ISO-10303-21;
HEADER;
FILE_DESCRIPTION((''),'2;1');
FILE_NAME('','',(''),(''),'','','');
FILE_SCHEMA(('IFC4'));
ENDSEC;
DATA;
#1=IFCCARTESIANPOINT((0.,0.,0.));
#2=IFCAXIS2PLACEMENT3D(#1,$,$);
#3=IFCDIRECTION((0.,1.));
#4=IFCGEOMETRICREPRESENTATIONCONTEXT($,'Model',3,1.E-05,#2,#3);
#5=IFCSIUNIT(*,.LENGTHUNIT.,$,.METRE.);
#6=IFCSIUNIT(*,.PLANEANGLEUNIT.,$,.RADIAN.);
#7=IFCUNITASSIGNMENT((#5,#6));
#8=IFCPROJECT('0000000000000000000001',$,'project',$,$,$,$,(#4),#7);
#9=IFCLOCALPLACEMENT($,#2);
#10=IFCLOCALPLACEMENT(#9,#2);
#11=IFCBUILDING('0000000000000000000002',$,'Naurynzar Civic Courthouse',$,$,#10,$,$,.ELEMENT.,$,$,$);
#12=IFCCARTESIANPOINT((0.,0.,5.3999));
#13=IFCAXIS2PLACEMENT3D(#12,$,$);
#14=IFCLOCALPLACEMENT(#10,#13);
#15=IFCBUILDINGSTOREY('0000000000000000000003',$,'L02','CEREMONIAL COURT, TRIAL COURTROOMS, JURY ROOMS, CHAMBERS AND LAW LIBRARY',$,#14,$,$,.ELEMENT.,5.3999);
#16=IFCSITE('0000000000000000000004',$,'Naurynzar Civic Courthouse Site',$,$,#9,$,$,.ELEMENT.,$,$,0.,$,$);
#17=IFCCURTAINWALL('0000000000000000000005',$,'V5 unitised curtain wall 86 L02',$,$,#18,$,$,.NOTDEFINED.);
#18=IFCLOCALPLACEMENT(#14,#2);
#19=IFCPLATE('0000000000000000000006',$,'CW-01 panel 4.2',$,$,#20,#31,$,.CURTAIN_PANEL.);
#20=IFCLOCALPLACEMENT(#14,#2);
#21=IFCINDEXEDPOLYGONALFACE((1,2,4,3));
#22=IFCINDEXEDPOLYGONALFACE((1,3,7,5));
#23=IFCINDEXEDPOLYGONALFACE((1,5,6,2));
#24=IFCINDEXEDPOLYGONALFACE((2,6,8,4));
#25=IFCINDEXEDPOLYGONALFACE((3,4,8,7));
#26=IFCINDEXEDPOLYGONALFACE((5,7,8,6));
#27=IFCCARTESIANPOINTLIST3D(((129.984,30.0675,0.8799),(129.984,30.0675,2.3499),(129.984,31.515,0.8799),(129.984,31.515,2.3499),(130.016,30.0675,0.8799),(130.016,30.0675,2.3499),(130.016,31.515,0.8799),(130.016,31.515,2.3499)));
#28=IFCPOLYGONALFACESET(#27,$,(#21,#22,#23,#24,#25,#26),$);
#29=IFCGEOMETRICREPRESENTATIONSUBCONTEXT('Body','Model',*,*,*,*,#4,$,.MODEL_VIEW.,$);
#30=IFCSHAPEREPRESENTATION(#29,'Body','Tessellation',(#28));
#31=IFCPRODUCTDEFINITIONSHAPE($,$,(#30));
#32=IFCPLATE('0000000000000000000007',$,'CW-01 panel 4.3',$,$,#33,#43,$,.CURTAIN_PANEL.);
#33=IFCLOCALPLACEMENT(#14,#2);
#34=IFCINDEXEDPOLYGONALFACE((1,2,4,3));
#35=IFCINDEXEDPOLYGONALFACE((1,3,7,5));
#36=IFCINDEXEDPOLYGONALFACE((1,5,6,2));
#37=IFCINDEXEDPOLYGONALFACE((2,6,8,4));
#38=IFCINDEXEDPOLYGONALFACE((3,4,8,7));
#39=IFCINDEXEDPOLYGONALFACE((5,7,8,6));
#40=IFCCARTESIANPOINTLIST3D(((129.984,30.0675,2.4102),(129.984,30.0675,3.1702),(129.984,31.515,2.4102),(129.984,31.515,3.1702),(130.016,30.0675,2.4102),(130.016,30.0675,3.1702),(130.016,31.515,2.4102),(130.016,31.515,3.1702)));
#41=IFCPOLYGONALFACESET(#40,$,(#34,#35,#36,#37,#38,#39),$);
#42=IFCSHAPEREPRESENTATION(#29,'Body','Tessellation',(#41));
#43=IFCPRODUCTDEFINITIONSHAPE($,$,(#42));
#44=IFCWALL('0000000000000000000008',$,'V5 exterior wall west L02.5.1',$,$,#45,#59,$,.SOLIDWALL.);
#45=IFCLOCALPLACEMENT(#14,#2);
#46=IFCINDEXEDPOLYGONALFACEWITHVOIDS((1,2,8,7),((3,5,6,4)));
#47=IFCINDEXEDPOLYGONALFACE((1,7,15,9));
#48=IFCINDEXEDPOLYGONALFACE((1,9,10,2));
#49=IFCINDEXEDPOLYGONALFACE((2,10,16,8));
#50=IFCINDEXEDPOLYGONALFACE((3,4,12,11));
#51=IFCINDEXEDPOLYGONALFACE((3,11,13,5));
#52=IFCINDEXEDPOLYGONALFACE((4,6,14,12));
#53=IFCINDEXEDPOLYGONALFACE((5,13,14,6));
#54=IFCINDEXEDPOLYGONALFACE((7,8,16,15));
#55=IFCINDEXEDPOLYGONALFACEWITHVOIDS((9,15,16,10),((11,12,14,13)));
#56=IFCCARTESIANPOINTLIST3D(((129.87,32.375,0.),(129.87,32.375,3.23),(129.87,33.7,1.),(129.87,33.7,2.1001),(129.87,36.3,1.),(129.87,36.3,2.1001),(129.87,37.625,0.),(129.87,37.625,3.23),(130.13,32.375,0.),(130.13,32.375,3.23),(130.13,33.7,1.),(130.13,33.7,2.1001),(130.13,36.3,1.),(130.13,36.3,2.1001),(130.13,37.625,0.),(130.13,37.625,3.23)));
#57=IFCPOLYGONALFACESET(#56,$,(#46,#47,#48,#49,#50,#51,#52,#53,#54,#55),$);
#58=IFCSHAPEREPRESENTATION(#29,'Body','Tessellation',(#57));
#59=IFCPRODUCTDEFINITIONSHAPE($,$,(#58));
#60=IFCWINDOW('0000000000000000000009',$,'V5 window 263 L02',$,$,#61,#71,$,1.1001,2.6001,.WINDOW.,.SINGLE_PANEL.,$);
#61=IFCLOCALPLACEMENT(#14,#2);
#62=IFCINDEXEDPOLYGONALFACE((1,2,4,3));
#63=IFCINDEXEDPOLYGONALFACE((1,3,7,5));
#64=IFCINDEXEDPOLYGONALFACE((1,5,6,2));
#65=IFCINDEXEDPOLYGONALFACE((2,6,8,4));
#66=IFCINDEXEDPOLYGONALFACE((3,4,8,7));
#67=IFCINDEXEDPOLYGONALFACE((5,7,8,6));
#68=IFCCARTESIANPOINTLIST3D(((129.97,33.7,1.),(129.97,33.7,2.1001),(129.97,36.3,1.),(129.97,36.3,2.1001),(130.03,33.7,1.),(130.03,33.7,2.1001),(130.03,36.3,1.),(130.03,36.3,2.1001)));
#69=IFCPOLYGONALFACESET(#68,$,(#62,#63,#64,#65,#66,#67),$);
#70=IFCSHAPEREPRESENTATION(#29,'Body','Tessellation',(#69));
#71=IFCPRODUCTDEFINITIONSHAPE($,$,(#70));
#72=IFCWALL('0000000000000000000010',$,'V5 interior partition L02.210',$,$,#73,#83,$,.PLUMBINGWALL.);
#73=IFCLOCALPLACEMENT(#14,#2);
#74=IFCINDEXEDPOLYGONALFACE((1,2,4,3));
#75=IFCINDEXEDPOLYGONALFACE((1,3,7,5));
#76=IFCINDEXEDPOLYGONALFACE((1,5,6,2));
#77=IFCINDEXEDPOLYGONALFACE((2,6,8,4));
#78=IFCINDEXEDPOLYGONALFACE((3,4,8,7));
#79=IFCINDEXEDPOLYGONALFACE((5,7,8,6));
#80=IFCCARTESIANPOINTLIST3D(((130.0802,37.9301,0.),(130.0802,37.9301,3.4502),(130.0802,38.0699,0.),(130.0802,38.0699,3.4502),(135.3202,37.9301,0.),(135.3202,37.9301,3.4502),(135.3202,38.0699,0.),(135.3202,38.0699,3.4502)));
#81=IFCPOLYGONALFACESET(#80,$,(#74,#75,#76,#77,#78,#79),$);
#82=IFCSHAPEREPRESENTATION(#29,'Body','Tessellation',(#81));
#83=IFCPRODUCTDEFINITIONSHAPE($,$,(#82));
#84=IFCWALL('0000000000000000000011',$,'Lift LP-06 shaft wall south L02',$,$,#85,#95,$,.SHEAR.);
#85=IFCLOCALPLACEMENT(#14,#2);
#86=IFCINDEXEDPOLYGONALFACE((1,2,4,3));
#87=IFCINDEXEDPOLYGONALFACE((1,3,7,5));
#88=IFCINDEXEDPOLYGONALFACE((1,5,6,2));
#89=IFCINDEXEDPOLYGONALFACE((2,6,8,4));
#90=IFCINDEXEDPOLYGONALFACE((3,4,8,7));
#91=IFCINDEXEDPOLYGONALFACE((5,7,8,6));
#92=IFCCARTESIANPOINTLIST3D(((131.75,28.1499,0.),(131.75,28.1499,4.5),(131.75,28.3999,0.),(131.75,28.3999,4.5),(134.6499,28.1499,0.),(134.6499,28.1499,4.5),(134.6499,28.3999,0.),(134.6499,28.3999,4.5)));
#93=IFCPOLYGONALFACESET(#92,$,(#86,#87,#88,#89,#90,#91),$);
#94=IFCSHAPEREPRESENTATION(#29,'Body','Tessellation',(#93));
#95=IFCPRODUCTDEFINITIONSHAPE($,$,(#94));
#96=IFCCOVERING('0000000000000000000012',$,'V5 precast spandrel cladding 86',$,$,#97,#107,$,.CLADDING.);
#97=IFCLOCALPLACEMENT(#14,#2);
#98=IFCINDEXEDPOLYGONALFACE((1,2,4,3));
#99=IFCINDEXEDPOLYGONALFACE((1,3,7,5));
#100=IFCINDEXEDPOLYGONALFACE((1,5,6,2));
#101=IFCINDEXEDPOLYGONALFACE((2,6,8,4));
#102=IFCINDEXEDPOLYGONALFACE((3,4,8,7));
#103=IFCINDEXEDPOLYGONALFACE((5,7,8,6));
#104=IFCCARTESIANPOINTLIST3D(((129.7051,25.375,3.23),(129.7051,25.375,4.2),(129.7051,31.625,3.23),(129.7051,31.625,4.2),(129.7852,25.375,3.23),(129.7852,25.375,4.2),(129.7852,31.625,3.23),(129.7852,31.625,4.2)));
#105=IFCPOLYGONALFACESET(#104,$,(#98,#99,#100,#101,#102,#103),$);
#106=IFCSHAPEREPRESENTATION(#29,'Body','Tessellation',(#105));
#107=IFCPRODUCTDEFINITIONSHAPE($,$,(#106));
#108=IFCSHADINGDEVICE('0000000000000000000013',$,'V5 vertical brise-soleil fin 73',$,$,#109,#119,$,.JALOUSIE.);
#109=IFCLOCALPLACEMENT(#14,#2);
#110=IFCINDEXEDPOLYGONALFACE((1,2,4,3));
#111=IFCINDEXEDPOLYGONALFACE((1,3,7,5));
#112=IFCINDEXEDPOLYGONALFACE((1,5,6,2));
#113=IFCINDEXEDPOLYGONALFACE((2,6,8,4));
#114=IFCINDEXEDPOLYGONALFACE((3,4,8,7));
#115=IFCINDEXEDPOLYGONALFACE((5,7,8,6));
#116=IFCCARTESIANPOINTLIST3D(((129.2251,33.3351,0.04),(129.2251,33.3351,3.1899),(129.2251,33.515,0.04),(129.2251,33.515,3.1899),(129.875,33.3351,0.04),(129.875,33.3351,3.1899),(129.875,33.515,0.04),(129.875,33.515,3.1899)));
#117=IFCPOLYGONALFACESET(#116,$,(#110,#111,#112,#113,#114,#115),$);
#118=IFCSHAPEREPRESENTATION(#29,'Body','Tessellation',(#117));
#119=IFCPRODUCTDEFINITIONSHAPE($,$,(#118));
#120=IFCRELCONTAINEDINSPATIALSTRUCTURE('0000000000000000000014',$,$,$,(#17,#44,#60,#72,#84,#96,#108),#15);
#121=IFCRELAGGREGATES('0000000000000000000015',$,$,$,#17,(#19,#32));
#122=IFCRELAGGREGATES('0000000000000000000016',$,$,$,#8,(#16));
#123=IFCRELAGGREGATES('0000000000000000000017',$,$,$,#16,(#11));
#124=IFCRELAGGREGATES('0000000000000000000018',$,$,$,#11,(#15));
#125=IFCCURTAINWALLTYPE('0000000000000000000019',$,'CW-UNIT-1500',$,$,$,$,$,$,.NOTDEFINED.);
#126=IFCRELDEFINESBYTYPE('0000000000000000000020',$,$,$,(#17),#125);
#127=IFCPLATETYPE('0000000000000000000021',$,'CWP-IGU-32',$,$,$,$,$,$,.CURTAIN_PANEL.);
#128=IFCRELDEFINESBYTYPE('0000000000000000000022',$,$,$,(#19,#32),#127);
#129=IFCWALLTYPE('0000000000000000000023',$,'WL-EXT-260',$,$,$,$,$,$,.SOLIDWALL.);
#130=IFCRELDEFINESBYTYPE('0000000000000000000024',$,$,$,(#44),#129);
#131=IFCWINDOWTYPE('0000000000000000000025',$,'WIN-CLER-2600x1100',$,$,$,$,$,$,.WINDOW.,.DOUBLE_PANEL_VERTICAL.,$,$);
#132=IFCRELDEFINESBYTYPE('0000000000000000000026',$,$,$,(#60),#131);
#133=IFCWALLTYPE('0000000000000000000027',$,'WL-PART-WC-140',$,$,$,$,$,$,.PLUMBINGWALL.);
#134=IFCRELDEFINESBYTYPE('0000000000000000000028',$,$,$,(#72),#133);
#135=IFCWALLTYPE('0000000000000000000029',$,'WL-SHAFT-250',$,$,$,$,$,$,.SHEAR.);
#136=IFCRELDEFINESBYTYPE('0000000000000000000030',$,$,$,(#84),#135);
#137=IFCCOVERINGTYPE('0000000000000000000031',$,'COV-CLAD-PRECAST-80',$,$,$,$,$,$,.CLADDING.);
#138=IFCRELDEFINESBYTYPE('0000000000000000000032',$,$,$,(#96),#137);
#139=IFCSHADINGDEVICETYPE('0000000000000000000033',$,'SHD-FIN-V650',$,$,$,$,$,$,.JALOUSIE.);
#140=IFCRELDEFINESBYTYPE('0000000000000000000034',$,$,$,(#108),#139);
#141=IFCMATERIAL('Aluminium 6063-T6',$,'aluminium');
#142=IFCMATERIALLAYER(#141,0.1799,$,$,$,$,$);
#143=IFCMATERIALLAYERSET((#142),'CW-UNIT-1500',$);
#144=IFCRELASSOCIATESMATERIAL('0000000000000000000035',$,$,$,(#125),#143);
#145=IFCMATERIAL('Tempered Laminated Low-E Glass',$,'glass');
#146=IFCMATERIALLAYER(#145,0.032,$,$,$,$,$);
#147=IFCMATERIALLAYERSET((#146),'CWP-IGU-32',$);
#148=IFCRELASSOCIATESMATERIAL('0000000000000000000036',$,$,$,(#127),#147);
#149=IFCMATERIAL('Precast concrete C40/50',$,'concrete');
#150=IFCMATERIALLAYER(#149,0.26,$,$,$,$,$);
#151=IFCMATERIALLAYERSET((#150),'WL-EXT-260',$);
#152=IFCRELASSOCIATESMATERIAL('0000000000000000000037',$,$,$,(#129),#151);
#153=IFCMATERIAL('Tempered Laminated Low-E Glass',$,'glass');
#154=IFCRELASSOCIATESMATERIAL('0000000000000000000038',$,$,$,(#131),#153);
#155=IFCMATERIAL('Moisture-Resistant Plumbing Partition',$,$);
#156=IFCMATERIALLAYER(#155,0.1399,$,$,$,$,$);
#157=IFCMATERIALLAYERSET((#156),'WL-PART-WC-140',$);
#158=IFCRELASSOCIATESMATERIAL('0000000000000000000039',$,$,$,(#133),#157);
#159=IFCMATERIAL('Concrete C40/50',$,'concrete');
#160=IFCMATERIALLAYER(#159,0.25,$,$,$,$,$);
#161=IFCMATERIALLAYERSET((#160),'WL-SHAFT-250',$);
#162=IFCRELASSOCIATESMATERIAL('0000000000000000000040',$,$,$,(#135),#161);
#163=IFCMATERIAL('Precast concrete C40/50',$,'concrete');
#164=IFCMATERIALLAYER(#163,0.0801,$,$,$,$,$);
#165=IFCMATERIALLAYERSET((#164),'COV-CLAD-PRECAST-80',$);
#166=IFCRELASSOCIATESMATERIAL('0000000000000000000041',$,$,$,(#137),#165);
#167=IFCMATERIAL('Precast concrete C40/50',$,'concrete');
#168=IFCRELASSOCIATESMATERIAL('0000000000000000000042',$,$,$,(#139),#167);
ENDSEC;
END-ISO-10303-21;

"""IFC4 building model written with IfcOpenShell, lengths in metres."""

from ifc_helpers import new_model, si_unit, direction, frame, frame_2d, origin, origin_2d, place, context, subcontext, project, spatial, rectangle, extrude, material, layer, layer_set, type_object, element, fill, aggregate, save


model = new_model("IFC4")

# Units and contexts
model_context = context("Model", 3, precision=1e-05, world=origin(), true_north=direction((0.0, 1.0)))
body_context = subcontext(model_context, "Body", "Model", "MODEL_VIEW")
ifc_project = project(units=[si_unit("LENGTHUNIT", "METRE"), si_unit("PLANEANGLEUNIT", "RADIAN")], contexts=[model_context])

# Site, building, storey
site_placement = place(None, origin())
site = spatial("IfcSite", under=ifc_project, at=site_placement, Name="Naurynzar Civic Courthouse Site", CompositionType="ELEMENT", RefElevation=0.0)
building_placement = place(site_placement, origin())
building = spatial("IfcBuilding", under=site, at=building_placement, Name="Naurynzar Civic Courthouse", CompositionType="ELEMENT")
storey_placement = place(building_placement, frame((0.0, 0.0, 5.3999)))
storey = spatial("IfcBuildingStorey", under=building, at=storey_placement, Name="L02", Description="CEREMONIAL COURT, TRIAL COURTROOMS, JURY ROOMS, CHAMBERS AND LAW LIBRARY", CompositionType="ELEMENT", Elevation=5.3999)

# Curtain wall
ifc_material_1 = material(Name="Aluminium 6063-T6", Category="aluminium")
ifc_layer_1 = layer(ifc_material_1, 0.1799)
ifc_layer_set_1 = layer_set([ifc_layer_1], Name="CW-UNIT-1500")
curtain_wall_type = type_object("IfcCurtainWallType", Name="CW-UNIT-1500", PredefinedType="NOTDEFINED", material=ifc_layer_set_1)
curtain_wall_1_placement = place(storey_placement, origin())
curtain_wall_1 = element("IfcCurtainWall", 1, at=curtain_wall_1_placement, inside=storey, type_object=curtain_wall_type, Name="V5 unitised curtain wall 86 L02", PredefinedType="NOTDEFINED")

# Plates
ifc_material_2 = material(Name="Tempered Laminated Low-E Glass", Category="glass")
ifc_layer_2 = layer(ifc_material_2, 0.032)
ifc_layer_set_2 = layer_set([ifc_layer_2], Name="CWP-IGU-32")
plate_type = type_object("IfcPlateType", Name="CWP-IGU-32", PredefinedType="CURTAIN_PANEL", material=ifc_layer_set_2)
plate_1_placement = place(storey_placement, frame((130.0, 30.7913, 0.8799), z_axis=(0.0, 0.0, 1.0), x_axis=(0.0, 1.0, 0.0)))
plate_1 = element("IfcPlate", 2, at=plate_1_placement, type_object=plate_type, Name="CW-01 panel 4.2", PredefinedType="CURTAIN_PANEL", context=body_context, shape_type="SweptSolid", body=[
    extrude(rectangle(XDim=1.4475, YDim=0.032, at=origin_2d()), origin(), (0.0, 0.0, 1.0), 1.47),
])
plate_2_placement = place(storey_placement, frame((130.0, 30.7913, 2.4102), z_axis=(0.0, 0.0, 1.0), x_axis=(0.0, 1.0, 0.0)))
plate_2 = element("IfcPlate", 3, at=plate_2_placement, type_object=plate_type, Name="CW-01 panel 4.3", PredefinedType="CURTAIN_PANEL", context=body_context, shape_type="SweptSolid", body=[
    extrude(rectangle(XDim=1.4475, YDim=0.032, at=origin_2d()), origin(), (0.0, 0.0, 1.0), 0.76),
])
aggregate(curtain_wall_1, [plate_1, plate_2])

# Wall, opening, window
ifc_material_3 = material(Name="Precast concrete C40/50", Category="concrete")
ifc_layer_3 = layer(ifc_material_3, 0.26)
ifc_layer_set_3 = layer_set([ifc_layer_3], Name="WL-EXT-260")
wall_type_1 = type_object("IfcWallType", Name="WL-EXT-260", PredefinedType="SOLIDWALL", material=ifc_layer_set_3)
wall_1_placement = place(storey_placement, frame((130.0, 32.375, 0.0), z_axis=(0.0, 0.0, 1.0), x_axis=(0.0, 1.0, 0.0)))
wall_1 = element("IfcWall", 4, at=wall_1_placement, inside=storey, type_object=wall_type_1, Name="V5 exterior wall west L02.5.1", PredefinedType="SOLIDWALL", context=body_context, shape_type="SweptSolid", body=[
    extrude(rectangle(XDim=5.25, YDim=0.26, at=frame_2d((2.625, 0.0))), origin(), (0.0, 0.0, 1.0), 3.23),
])
opening_placement = place(wall_1_placement, frame((1.325, 0.0, 1.0)))
opening = element("IfcOpeningElement", 5, at=opening_placement, cuts=wall_1, PredefinedType="OPENING", context=body_context, shape_type="SweptSolid", body=[
    extrude(rectangle(XDim=2.6001, YDim=1.1001, at=frame_2d((1.3, 0.55))), frame((0.0, 0.1399, 0.0), z_axis=(0.0, -1.0, 0.0), x_axis=(1.0, 0.0, 0.0)), (0.0, 0.0, 1.0), 0.28),
])
ifc_material_4 = material(Name="Tempered Laminated Low-E Glass", Category="glass")
window_type = type_object("IfcWindowType", Name="WIN-CLER-2600x1100", PartitioningType="DOUBLE_PANEL_VERTICAL", PredefinedType="WINDOW", material=ifc_material_4)
window_placement = place(opening_placement, origin())
window = element("IfcWindow", 6, at=window_placement, inside=storey, type_object=window_type, Name="V5 window 263 L02", OverallHeight=1.1001, OverallWidth=2.6001, PartitioningType="SINGLE_PANEL", PredefinedType="WINDOW", context=body_context, shape_type="SweptSolid", body=[
    extrude(rectangle(XDim=2.6001, YDim=1.1001, at=frame_2d((1.3, 0.55))), frame((0.0, 0.03, 0.0), z_axis=(0.0, -1.0, 0.0), x_axis=(1.0, 0.0, 0.0)), (0.0, 0.0, 1.0), 0.0601),
])
fill(opening, window)

# Walls
ifc_material_5 = material(Name="Moisture-Resistant Plumbing Partition")
ifc_layer_4 = layer(ifc_material_5, 0.1399)
ifc_layer_set_4 = layer_set([ifc_layer_4], Name="WL-PART-WC-140")
wall_type_2 = type_object("IfcWallType", Name="WL-PART-WC-140", PredefinedType="PLUMBINGWALL", material=ifc_layer_set_4)
wall_2_placement = place(storey_placement, frame((130.0801, 38.0, 0.0), z_axis=(0.0, 0.0, 1.0), x_axis=(1.0, 0.0, 0.0)))
element("IfcWall", 7, at=wall_2_placement, inside=storey, type_object=wall_type_2, Name="V5 interior partition L02.210", PredefinedType="PLUMBINGWALL", context=body_context, shape_type="SweptSolid", body=[
    extrude(rectangle(XDim=5.24, YDim=0.1399, at=frame_2d((2.6201, 0.0))), origin(), (0.0, 0.0, 1.0), 3.4502),
])
ifc_material_6 = material(Name="Concrete C40/50", Category="concrete")
ifc_layer_5 = layer(ifc_material_6, 0.25)
ifc_layer_set_5 = layer_set([ifc_layer_5], Name="WL-SHAFT-250")
wall_type_3 = type_object("IfcWallType", Name="WL-SHAFT-250", PredefinedType="SHEAR", material=ifc_layer_set_5)
wall_3_placement = place(storey_placement, frame((131.75, 28.2749, 0.0), z_axis=(0.0, 0.0, 1.0), x_axis=(1.0, 0.0, 0.0)))
element("IfcWall", 8, at=wall_3_placement, inside=storey, type_object=wall_type_3, Name="Lift LP-06 shaft wall south L02", PredefinedType="SHEAR", context=body_context, shape_type="SweptSolid", body=[
    extrude(rectangle(XDim=2.8999, YDim=0.25, at=frame_2d((1.45, 0.0))), origin(), (0.0, 0.0, 1.0), 4.5),
])

# Covering
ifc_material_7 = material(Name="Precast concrete C40/50", Category="concrete")
ifc_layer_6 = layer(ifc_material_7, 0.0801)
ifc_layer_set_6 = layer_set([ifc_layer_6], Name="COV-CLAD-PRECAST-80")
covering_type = type_object("IfcCoveringType", Name="COV-CLAD-PRECAST-80", PredefinedType="CLADDING", material=ifc_layer_set_6)
covering_placement = place(storey_placement, frame((129.7451, 28.5, 3.23), z_axis=(0.0, 0.0, 1.0), x_axis=(0.0, 1.0, 0.0)))
element("IfcCovering", 9, at=covering_placement, inside=storey, type_object=covering_type, Name="V5 precast spandrel cladding 86", PredefinedType="CLADDING", context=body_context, shape_type="SweptSolid", body=[
    extrude(rectangle(XDim=6.25, YDim=0.0801, at=origin_2d()), origin(), (0.0, 0.0, 1.0), 0.97),
])

# Shading device
ifc_material_8 = material(Name="Precast concrete C40/50", Category="concrete")
shading_device_type = type_object("IfcShadingDeviceType", Name="SHD-FIN-V650", PredefinedType="JALOUSIE", material=ifc_material_8)
shading_device_placement = place(storey_placement, frame((129.55, 33.425, 0.04), z_axis=(0.0, 0.0, 1.0), x_axis=(0.0, 1.0, 0.0)))
element("IfcShadingDevice", 10, at=shading_device_placement, inside=storey, type_object=shading_device_type, Name="V5 vertical brise-soleil fin 73", PredefinedType="JALOUSIE", context=body_context, shape_type="SweptSolid", body=[
    extrude(rectangle(XDim=0.1799, YDim=0.6499, at=origin_2d()), origin(), (0.0, 0.0, 1.0), 3.1499),
])

save(model, "model.ifc")
